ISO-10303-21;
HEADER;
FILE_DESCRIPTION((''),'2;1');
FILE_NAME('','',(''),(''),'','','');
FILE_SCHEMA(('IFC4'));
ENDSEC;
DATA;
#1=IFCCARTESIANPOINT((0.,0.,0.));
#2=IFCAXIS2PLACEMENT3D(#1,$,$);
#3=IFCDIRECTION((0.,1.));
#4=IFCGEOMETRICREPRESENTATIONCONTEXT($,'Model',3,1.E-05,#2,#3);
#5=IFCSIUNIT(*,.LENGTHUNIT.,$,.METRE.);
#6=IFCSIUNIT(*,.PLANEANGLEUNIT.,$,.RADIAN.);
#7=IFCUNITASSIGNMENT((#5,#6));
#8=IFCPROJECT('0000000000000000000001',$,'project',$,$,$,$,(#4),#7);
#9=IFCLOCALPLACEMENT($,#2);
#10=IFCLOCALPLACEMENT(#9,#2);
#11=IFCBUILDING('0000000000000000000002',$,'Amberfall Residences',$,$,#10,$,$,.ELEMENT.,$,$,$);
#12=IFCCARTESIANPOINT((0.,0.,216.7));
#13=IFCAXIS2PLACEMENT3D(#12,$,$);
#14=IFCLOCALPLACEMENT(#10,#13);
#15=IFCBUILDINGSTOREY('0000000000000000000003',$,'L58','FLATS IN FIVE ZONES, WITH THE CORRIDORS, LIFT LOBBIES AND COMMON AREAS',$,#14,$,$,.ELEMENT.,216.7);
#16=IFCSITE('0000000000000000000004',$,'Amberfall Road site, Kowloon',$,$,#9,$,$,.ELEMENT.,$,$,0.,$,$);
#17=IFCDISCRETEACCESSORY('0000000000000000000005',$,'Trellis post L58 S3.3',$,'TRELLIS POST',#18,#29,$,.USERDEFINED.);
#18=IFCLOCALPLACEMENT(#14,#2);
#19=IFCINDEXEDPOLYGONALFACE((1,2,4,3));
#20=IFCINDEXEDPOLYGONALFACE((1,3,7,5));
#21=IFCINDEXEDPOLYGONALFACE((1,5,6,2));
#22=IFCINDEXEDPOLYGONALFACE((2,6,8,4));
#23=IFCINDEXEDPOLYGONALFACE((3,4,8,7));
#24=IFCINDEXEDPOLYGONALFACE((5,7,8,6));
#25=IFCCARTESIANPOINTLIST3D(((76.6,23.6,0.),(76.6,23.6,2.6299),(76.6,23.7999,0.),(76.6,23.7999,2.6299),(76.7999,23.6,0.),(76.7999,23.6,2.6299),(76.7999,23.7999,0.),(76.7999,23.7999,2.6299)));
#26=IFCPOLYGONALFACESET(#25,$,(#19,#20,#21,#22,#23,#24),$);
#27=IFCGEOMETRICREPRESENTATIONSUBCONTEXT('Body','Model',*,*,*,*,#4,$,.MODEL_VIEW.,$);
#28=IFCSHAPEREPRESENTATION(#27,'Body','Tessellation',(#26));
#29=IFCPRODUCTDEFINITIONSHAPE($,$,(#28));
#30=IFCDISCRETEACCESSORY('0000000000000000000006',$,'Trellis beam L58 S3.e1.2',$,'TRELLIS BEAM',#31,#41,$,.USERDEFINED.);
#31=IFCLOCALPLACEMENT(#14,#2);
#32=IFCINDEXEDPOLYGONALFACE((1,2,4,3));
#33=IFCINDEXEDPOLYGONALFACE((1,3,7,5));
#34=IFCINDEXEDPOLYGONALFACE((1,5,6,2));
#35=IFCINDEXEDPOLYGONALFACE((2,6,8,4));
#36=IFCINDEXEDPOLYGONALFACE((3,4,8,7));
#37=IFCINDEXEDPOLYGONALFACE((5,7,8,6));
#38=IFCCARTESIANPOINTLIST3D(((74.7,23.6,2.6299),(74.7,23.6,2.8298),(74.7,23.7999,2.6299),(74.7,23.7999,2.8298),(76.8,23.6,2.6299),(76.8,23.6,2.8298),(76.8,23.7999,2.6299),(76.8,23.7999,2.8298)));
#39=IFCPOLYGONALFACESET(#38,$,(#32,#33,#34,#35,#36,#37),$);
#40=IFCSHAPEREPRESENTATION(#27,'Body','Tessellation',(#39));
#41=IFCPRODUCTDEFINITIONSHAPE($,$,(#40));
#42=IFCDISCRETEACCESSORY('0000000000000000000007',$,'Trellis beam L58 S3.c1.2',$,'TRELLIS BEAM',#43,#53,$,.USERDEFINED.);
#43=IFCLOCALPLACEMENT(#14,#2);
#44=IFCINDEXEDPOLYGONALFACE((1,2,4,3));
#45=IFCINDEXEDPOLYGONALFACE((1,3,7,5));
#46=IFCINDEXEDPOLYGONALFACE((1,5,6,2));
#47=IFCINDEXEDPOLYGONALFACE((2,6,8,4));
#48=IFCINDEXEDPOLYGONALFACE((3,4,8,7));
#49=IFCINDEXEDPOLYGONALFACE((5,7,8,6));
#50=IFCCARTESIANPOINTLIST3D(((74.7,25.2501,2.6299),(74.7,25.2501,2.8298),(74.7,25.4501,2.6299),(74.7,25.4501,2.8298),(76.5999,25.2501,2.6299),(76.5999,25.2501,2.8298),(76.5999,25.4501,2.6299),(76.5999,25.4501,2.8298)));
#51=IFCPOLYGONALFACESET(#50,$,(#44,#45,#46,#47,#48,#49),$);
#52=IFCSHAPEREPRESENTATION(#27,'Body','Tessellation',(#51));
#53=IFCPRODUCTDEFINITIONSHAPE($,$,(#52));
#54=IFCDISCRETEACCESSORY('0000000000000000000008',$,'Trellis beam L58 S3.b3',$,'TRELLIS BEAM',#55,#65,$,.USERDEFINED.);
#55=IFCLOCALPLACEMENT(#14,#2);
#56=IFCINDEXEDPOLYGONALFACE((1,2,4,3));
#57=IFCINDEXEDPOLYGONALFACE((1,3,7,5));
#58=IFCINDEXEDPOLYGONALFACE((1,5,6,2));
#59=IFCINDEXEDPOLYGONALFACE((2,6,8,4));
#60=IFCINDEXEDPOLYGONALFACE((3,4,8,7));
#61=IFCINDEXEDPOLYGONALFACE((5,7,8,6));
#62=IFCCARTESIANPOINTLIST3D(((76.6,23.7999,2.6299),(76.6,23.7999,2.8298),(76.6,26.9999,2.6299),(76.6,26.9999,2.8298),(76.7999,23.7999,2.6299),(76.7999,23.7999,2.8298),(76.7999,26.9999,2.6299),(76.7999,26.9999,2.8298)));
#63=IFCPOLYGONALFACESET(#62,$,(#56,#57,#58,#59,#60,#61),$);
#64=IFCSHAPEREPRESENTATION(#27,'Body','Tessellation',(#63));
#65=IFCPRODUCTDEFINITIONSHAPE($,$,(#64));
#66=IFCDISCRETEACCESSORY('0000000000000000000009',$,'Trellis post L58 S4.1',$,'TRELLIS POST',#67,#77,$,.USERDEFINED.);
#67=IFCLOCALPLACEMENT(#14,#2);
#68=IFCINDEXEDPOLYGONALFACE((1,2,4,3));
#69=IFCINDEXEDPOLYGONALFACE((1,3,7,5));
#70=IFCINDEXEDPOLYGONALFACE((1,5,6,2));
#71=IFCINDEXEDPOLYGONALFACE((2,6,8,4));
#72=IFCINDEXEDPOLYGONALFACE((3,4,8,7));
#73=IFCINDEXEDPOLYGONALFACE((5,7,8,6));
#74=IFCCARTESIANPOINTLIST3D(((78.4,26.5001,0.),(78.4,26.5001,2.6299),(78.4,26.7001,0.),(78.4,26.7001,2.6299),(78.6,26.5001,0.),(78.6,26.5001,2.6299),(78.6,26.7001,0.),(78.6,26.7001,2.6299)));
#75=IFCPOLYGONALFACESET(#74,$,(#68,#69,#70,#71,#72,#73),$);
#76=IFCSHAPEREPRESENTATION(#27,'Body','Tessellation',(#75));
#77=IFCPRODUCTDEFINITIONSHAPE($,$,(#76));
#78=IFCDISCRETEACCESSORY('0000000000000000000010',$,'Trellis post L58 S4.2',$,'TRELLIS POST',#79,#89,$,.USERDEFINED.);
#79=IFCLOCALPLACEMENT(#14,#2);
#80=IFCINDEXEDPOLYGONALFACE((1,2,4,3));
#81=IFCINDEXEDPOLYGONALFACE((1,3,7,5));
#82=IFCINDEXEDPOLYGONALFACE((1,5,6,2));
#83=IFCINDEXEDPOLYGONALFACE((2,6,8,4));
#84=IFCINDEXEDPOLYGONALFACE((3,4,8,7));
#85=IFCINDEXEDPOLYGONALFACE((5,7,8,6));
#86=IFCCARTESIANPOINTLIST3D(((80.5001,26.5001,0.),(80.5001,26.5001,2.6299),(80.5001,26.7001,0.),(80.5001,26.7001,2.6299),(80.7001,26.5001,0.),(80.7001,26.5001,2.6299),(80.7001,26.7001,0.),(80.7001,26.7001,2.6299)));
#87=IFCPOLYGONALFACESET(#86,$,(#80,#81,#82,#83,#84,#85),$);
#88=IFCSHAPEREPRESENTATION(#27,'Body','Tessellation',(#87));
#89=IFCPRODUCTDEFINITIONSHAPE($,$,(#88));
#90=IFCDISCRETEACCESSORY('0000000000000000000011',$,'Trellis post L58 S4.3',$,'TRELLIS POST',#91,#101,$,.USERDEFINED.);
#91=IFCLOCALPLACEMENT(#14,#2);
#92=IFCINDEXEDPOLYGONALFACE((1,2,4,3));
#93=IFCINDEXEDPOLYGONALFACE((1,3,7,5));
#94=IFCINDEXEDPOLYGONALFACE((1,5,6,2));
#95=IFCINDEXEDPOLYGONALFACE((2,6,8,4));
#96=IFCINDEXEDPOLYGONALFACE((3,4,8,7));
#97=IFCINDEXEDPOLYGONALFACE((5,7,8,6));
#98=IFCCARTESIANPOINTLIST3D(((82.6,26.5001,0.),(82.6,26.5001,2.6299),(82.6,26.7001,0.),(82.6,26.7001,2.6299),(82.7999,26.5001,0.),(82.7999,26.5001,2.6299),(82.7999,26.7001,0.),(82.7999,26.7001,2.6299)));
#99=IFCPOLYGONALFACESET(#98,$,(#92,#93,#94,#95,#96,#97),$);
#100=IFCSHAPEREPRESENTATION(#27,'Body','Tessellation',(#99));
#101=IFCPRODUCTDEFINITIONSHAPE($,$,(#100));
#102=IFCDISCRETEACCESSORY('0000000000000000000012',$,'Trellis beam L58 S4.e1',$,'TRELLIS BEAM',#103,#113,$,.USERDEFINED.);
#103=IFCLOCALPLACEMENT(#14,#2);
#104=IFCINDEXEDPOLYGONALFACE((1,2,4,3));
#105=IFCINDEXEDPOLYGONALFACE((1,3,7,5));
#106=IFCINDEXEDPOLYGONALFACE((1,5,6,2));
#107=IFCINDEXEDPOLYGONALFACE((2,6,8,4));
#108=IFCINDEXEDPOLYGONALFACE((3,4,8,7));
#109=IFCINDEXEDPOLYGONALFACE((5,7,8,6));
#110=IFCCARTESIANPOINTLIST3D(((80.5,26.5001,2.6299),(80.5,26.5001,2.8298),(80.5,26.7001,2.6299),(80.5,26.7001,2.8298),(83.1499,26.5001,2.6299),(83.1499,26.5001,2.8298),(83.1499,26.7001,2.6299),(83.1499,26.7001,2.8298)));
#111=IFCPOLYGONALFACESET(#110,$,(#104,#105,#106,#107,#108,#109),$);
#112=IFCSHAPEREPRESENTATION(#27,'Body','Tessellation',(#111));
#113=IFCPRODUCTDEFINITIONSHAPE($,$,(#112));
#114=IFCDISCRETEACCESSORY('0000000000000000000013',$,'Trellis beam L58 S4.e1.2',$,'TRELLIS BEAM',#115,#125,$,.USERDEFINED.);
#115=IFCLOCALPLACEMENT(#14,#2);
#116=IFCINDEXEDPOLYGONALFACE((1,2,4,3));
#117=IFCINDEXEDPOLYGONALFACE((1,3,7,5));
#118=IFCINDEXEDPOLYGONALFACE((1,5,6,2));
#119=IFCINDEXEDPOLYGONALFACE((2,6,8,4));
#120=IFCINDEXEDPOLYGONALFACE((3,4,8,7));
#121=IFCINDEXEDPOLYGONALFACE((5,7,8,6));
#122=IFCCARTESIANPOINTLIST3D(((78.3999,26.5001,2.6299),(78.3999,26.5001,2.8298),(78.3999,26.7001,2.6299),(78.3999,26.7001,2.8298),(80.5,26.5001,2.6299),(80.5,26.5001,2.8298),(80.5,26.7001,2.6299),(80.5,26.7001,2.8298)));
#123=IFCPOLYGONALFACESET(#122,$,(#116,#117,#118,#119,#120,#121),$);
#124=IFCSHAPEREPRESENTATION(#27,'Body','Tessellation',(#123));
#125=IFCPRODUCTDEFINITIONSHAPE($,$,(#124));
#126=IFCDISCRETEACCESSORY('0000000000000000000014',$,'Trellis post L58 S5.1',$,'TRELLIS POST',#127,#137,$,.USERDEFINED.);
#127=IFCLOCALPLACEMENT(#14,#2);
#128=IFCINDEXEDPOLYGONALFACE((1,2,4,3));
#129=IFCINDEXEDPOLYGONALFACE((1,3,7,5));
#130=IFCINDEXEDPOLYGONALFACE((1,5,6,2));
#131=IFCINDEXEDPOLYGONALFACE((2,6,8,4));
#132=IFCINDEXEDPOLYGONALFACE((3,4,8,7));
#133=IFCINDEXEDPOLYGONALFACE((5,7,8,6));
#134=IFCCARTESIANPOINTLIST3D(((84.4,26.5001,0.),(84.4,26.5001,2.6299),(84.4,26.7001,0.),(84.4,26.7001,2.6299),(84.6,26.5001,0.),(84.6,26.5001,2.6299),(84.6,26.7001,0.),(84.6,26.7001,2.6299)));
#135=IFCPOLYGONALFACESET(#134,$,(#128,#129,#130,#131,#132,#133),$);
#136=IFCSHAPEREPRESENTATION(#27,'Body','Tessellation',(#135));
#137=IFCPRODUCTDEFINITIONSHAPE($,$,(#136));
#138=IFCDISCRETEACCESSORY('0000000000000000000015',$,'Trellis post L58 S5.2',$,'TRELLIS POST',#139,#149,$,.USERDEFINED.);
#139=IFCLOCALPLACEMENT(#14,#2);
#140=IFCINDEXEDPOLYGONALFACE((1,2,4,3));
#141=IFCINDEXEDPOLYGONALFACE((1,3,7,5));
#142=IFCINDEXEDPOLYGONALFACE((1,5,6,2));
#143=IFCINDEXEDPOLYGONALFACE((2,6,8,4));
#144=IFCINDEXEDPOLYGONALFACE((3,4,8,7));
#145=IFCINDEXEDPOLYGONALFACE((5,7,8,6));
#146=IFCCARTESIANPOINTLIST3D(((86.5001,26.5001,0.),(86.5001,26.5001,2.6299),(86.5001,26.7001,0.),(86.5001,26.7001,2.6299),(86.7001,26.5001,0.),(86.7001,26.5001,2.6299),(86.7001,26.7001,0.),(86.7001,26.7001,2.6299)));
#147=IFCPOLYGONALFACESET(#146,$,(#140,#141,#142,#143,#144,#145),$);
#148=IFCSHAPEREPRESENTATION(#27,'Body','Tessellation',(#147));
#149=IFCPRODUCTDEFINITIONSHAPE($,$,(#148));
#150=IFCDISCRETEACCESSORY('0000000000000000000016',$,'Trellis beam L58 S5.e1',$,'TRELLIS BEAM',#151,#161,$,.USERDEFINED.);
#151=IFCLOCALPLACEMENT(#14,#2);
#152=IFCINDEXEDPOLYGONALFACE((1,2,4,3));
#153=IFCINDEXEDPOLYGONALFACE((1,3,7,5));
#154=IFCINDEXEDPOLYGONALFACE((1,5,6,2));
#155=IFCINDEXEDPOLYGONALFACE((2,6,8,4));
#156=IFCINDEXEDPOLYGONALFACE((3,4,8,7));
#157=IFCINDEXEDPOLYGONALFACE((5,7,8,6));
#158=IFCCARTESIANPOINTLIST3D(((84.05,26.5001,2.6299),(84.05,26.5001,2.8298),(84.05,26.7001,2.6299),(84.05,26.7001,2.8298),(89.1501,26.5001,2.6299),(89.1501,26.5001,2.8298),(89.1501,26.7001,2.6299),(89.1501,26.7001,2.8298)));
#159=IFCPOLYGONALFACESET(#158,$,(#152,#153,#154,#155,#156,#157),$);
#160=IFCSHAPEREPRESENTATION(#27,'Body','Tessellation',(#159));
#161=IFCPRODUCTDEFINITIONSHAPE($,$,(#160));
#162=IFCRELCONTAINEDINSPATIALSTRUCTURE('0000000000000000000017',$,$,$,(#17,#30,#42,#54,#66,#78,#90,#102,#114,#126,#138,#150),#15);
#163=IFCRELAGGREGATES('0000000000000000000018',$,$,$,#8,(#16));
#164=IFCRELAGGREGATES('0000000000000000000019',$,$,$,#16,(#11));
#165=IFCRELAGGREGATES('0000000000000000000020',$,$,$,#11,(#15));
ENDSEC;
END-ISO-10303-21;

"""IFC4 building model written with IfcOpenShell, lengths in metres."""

from ifc_helpers import new_model, si_unit, direction, frame, origin, origin_2d, place, context, subcontext, project, spatial, rectangle, extrude, element, save


model = new_model("IFC4")

# Units and contexts
model_context = context("Model", 3, precision=1e-05, world=origin(), true_north=direction((0.0, 1.0)))
body_context = subcontext(model_context, "Body", "Model", "MODEL_VIEW")
ifc_project = project(units=[si_unit("LENGTHUNIT", "METRE"), si_unit("PLANEANGLEUNIT", "RADIAN")], contexts=[model_context])

# Site, building, storey
site_placement = place(None, origin())
site = spatial("IfcSite", under=ifc_project, at=site_placement, Name="Amberfall Road site, Kowloon", CompositionType="ELEMENT", RefElevation=0.0)
building_placement = place(site_placement, origin())
building = spatial("IfcBuilding", under=site, at=building_placement, Name="Amberfall Residences", CompositionType="ELEMENT")
storey_placement = place(building_placement, frame((0.0, 0.0, 216.7)))
storey = spatial("IfcBuildingStorey", under=building, at=storey_placement, Name="L58", Description="FLATS IN FIVE ZONES, WITH THE CORRIDORS, LIFT LOBBIES AND COMMON AREAS", CompositionType="ELEMENT", Elevation=216.7)

# Discrete accessories
discrete_accessory_1_placement = place(storey_placement, frame((76.7, 23.7, 0.0), z_axis=(0.0, 0.0, 1.0), x_axis=(1.0, 0.0, 0.0)))
element("IfcDiscreteAccessory", 1, at=discrete_accessory_1_placement, inside=storey, Name="Trellis post L58 S3.3", ObjectType="TRELLIS POST", PredefinedType="USERDEFINED", context=body_context, shape_type="SweptSolid", body=[
    extrude(rectangle(XDim=0.2, YDim=0.2, at=origin_2d()), origin(), (0.0, 0.0, 1.0), 2.6299),
])
discrete_accessory_2_placement = place(storey_placement, frame((75.75, 23.7, 2.6299), z_axis=(0.0, 0.0, 1.0), x_axis=(1.0, 0.0, 0.0)))
element("IfcDiscreteAccessory", 2, at=discrete_accessory_2_placement, inside=storey, Name="Trellis beam L58 S3.e1.2", ObjectType="TRELLIS BEAM", PredefinedType="USERDEFINED", context=body_context, shape_type="SweptSolid", body=[
    extrude(rectangle(XDim=2.1001, YDim=0.2, at=origin_2d()), origin(), (0.0, 0.0, 1.0), 0.2),
])
discrete_accessory_3_placement = place(storey_placement, frame((75.6499, 25.3501, 2.6299), z_axis=(0.0, 0.0, 1.0), x_axis=(1.0, 0.0, 0.0)))
element("IfcDiscreteAccessory", 3, at=discrete_accessory_3_placement, inside=storey, Name="Trellis beam L58 S3.c1.2", ObjectType="TRELLIS BEAM", PredefinedType="USERDEFINED", context=body_context, shape_type="SweptSolid", body=[
    extrude(rectangle(XDim=1.8999, YDim=0.2, at=origin_2d()), origin(), (0.0, 0.0, 1.0), 0.2),
])
discrete_accessory_4_placement = place(storey_placement, frame((76.7, 25.3999, 2.6299), z_axis=(0.0, 0.0, 1.0), x_axis=(0.0, 1.0, 0.0)))
element("IfcDiscreteAccessory", 4, at=discrete_accessory_4_placement, inside=storey, Name="Trellis beam L58 S3.b3", ObjectType="TRELLIS BEAM", PredefinedType="USERDEFINED", context=body_context, shape_type="SweptSolid", body=[
    extrude(rectangle(XDim=3.2, YDim=0.2, at=origin_2d()), origin(), (0.0, 0.0, 1.0), 0.2),
])
for number, where, z_axis, x_axis, name in (
    (5, (78.5, 26.6001, 0.0), (0.0, 0.0, 1.0), (1.0, 0.0, 0.0), "Trellis post L58 S4.1"),
    (6, (80.6001, 26.6001, 0.0), (0.0, 0.0, 1.0), (1.0, 0.0, 0.0), "Trellis post L58 S4.2"),
    (7, (82.7, 26.6001, 0.0), (0.0, 0.0, 1.0), (1.0, 0.0, 0.0), "Trellis post L58 S4.3"),
):
    element("IfcDiscreteAccessory", number, at=place(storey_placement, frame(where, z_axis=z_axis, x_axis=x_axis)), inside=storey, Name=name, ObjectType="TRELLIS POST", PredefinedType="USERDEFINED", context=body_context, shape_type="SweptSolid", body=[
        extrude(rectangle(XDim=0.2, YDim=0.2, at=origin_2d()), origin(), (0.0, 0.0, 1.0), 2.6299),
    ])
discrete_accessory_5_placement = place(storey_placement, frame((81.825, 26.6001, 2.6299), z_axis=(0.0, 0.0, 1.0), x_axis=(1.0, 0.0, 0.0)))
element("IfcDiscreteAccessory", 8, at=discrete_accessory_5_placement, inside=storey, Name="Trellis beam L58 S4.e1", ObjectType="TRELLIS BEAM", PredefinedType="USERDEFINED", context=body_context, shape_type="SweptSolid", body=[
    extrude(rectangle(XDim=2.6499, YDim=0.2, at=origin_2d()), origin(), (0.0, 0.0, 1.0), 0.2),
])
discrete_accessory_6_placement = place(storey_placement, frame((79.45, 26.6001, 2.6299), z_axis=(0.0, 0.0, 1.0), x_axis=(1.0, 0.0, 0.0)))
element("IfcDiscreteAccessory", 9, at=discrete_accessory_6_placement, inside=storey, Name="Trellis beam L58 S4.e1.2", ObjectType="TRELLIS BEAM", PredefinedType="USERDEFINED", context=body_context, shape_type="SweptSolid", body=[
    extrude(rectangle(XDim=2.1001, YDim=0.2, at=origin_2d()), origin(), (0.0, 0.0, 1.0), 0.2),
])
for number, where, z_axis, x_axis, name in (
    (10, (84.5, 26.6001, 0.0), (0.0, 0.0, 1.0), (1.0, 0.0, 0.0), "Trellis post L58 S5.1"),
    (11, (86.6001, 26.6001, 0.0), (0.0, 0.0, 1.0), (1.0, 0.0, 0.0), "Trellis post L58 S5.2"),
):
    element("IfcDiscreteAccessory", number, at=place(storey_placement, frame(where, z_axis=z_axis, x_axis=x_axis)), inside=storey, Name=name, ObjectType="TRELLIS POST", PredefinedType="USERDEFINED", context=body_context, shape_type="SweptSolid", body=[
        extrude(rectangle(XDim=0.2, YDim=0.2, at=origin_2d()), origin(), (0.0, 0.0, 1.0), 2.6299),
    ])
discrete_accessory_7_placement = place(storey_placement, frame((86.6001, 26.6001, 2.6299), z_axis=(0.0, 0.0, 1.0), x_axis=(1.0, 0.0, 0.0)))
element("IfcDiscreteAccessory", 12, at=discrete_accessory_7_placement, inside=storey, Name="Trellis beam L58 S5.e1", ObjectType="TRELLIS BEAM", PredefinedType="USERDEFINED", context=body_context, shape_type="SweptSolid", body=[
    extrude(rectangle(XDim=5.1001, YDim=0.2, at=origin_2d()), origin(), (0.0, 0.0, 1.0), 0.2),
])

save(model, "model.ifc")
